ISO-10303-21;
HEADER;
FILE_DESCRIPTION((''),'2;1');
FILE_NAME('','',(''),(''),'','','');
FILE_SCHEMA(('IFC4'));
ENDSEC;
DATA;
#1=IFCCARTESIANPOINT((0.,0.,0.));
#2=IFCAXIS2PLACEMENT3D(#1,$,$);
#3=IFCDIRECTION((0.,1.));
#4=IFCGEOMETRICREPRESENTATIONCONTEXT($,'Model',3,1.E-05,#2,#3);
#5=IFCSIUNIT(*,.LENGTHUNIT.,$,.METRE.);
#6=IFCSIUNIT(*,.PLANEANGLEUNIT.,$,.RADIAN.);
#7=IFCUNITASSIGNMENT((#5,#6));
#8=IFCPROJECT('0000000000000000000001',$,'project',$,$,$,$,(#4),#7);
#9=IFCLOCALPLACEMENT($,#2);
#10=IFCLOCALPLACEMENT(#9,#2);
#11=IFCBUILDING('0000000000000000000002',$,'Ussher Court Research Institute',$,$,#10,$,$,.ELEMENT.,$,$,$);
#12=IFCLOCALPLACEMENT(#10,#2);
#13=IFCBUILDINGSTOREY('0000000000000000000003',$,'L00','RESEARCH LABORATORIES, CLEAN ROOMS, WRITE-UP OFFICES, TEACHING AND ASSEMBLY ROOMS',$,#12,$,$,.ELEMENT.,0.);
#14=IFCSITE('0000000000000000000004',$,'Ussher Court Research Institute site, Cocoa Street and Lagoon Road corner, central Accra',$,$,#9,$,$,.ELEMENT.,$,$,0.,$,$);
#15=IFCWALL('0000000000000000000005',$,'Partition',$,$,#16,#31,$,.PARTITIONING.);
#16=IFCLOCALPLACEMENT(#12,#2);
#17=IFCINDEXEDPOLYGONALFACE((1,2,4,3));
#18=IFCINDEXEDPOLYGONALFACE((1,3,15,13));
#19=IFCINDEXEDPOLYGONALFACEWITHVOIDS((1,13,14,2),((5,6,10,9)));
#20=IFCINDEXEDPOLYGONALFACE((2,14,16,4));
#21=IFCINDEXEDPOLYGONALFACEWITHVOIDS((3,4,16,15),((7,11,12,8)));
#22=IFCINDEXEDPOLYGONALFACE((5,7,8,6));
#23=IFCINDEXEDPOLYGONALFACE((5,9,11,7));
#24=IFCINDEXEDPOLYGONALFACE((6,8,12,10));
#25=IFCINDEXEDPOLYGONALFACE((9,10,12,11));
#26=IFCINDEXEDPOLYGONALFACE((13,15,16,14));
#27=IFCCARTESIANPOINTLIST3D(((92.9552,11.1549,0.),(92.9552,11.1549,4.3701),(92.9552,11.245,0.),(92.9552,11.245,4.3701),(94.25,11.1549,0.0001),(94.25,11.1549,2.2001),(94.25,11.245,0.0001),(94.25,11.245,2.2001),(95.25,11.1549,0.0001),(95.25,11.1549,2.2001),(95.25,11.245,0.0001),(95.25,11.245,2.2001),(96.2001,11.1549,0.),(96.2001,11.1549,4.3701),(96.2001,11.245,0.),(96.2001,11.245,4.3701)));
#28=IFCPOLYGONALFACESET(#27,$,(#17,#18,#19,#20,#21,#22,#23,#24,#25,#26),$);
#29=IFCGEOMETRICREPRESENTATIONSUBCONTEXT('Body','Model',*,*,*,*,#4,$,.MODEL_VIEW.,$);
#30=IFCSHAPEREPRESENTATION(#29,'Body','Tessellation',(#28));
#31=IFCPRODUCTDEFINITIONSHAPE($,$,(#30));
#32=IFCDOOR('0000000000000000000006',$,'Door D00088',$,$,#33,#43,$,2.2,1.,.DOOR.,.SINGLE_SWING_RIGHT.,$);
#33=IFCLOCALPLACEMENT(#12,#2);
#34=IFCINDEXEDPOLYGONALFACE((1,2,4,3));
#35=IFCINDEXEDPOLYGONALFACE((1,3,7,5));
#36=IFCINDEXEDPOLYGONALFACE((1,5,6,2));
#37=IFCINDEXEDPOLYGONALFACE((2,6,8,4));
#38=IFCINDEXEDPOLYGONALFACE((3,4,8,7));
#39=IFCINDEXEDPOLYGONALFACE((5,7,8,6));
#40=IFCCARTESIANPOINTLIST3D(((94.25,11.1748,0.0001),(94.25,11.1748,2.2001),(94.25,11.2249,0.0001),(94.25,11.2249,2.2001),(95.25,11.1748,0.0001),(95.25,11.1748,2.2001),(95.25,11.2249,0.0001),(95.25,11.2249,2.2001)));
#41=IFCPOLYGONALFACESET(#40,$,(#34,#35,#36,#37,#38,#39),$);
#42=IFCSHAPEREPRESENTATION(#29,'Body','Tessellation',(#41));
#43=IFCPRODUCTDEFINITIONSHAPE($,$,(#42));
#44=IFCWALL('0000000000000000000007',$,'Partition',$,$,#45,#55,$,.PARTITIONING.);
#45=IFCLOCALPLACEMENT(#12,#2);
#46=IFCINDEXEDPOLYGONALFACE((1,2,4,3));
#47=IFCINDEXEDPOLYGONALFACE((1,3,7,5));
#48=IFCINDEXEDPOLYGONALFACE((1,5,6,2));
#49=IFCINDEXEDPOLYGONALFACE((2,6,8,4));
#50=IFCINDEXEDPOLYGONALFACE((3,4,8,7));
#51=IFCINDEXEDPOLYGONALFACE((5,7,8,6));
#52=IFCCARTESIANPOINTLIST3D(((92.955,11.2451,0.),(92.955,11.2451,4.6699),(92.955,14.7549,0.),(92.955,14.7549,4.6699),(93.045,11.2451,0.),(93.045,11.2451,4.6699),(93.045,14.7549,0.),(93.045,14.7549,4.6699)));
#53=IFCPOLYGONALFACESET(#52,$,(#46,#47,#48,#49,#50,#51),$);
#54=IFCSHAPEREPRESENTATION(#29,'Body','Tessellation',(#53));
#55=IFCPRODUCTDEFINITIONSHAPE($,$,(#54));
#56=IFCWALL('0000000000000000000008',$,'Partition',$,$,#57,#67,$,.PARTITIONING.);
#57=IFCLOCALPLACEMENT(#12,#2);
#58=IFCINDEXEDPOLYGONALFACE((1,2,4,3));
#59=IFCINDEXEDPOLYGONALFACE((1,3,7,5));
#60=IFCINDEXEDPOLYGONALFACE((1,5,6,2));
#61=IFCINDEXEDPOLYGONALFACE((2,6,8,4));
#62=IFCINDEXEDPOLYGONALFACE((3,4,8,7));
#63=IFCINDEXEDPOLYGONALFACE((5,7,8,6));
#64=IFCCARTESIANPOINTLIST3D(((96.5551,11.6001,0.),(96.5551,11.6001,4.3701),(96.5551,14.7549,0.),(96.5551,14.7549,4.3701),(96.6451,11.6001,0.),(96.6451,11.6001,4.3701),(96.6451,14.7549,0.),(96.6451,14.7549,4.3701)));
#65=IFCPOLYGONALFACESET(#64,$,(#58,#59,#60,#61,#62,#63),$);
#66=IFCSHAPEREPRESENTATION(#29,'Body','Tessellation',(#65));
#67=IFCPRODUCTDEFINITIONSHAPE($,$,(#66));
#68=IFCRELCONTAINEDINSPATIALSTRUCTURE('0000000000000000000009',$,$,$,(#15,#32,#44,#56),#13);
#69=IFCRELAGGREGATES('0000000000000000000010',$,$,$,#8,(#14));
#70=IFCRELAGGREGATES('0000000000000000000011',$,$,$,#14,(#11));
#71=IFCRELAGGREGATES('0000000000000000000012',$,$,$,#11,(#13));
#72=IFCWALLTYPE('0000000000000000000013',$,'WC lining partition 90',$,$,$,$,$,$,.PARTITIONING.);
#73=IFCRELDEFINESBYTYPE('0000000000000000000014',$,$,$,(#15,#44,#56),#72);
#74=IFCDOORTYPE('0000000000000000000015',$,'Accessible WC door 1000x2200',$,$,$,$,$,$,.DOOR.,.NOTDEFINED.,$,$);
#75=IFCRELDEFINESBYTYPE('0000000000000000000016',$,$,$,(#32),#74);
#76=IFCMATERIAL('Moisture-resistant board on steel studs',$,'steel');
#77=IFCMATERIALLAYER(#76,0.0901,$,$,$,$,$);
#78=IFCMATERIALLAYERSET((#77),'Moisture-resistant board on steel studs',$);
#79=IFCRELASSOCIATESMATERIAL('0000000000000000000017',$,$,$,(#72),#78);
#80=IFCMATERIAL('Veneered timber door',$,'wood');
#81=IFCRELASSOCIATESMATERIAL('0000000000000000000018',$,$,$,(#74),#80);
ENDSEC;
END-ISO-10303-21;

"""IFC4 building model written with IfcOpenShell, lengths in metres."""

from ifc_helpers import new_model, si_unit, direction, frame, frame_2d, origin, place, context, subcontext, project, spatial, rectangle, extrude, material, layer, layer_set, type_object, element, fill, save


model = new_model("IFC4")

# Units and contexts
model_context = context("Model", 3, precision=1e-05, world=origin(), true_north=direction((0.0, 1.0)))
body_context = subcontext(model_context, "Body", "Model", "MODEL_VIEW")
ifc_project = project(units=[si_unit("LENGTHUNIT", "METRE"), si_unit("PLANEANGLEUNIT", "RADIAN")], contexts=[model_context])

# Site, building, storey
site_placement = place(None, origin())
site = spatial("IfcSite", under=ifc_project, at=site_placement, Name="Ussher Court Research Institute site, Cocoa Street and Lagoon Road corner, central Accra", CompositionType="ELEMENT", RefElevation=0.0)
building_placement = place(site_placement, origin())
building = spatial("IfcBuilding", under=site, at=building_placement, Name="Ussher Court Research Institute", CompositionType="ELEMENT")
storey_placement = place(building_placement, origin())
storey = spatial("IfcBuildingStorey", under=building, at=storey_placement, Name="L00", Description="RESEARCH LABORATORIES, CLEAN ROOMS, WRITE-UP OFFICES, TEACHING AND ASSEMBLY ROOMS", CompositionType="ELEMENT", Elevation=0.0)

# Wall, opening, door
ifc_material_1 = material(Name="Moisture-resistant board on steel studs", Category="steel")
ifc_layer_1 = layer(ifc_material_1, 0.0901)
ifc_layer_set_1 = layer_set([ifc_layer_1], Name="Moisture-resistant board on steel studs")
wall_type_1 = type_object("IfcWallType", Name="WC lining partition 90", PredefinedType="PARTITIONING", material=ifc_layer_set_1)
wall_1_placement = place(storey_placement, frame((92.9551, 11.2, 0.0), z_axis=(0.0, 0.0, 1.0), x_axis=(1.0, 0.0, 0.0)))
wall_1 = element("IfcWall", 1, at=wall_1_placement, inside=storey, type_object=wall_type_1, Name="Partition", PredefinedType="PARTITIONING", context=body_context, shape_type="SweptSolid", body=[
    extrude(rectangle(XDim=3.2449, YDim=0.0901, at=frame_2d((1.6226, 0.0))), origin(), (0.0, 0.0, 1.0), 4.3701),
])
opening_1_placement = place(wall_1_placement, frame((1.2949, 0.0, 0.0)))
opening_1 = element("IfcOpeningElement", 2, at=opening_1_placement, cuts=wall_1, PredefinedType="OPENING", context=body_context, shape_type="SweptSolid", body=[
    extrude(rectangle(XDim=1.0, YDim=2.2, at=frame_2d((0.5, 1.1001))), frame((0.0, 0.0552, 0.0), z_axis=(0.0, -1.0, 0.0), x_axis=(1.0, 0.0, 0.0)), (0.0, 0.0, 1.0), 0.1101),
])
ifc_material_2 = material(Name="Veneered timber door", Category="wood")
door_type_1 = type_object("IfcDoorType", Name="Accessible WC door 1000x2200", OperationType="NOTDEFINED", PredefinedType="DOOR", material=ifc_material_2)
door_1_placement = place(opening_1_placement, origin())
door_1 = element("IfcDoor", 3, at=door_1_placement, inside=storey, type_object=door_type_1, Name="Door D00088", OperationType="SINGLE_SWING_RIGHT", OverallHeight=2.2, OverallWidth=1.0, PredefinedType="DOOR", context=body_context, shape_type="SweptSolid", body=[
    extrude(rectangle(XDim=1.0, YDim=2.2, at=frame_2d((0.5, 1.1001))), frame((0.0, 0.0249, 0.0), z_axis=(0.0, -1.0, 0.0), x_axis=(1.0, 0.0, 0.0)), (0.0, 0.0, 1.0), 0.05),
])
fill(opening_1, door_1)

# Walls
wall_2_placement = place(storey_placement, frame((93.0, 11.2451, 0.0), z_axis=(0.0, 0.0, 1.0), x_axis=(0.0, 1.0, 0.0)))
element("IfcWall", 4, at=wall_2_placement, inside=storey, type_object=wall_type_1, Name="Partition", PredefinedType="PARTITIONING", context=body_context, shape_type="SweptSolid", body=[
    extrude(rectangle(XDim=3.5098, YDim=0.0901, at=frame_2d((1.7549, 0.0))), origin(), (0.0, 0.0, 1.0), 4.6699),
])
wall_3_placement = place(storey_placement, frame((96.6001, 11.6001, 0.0), z_axis=(0.0, 0.0, 1.0), x_axis=(0.0, 1.0, 0.0)))
element("IfcWall", 5, at=wall_3_placement, inside=storey, type_object=wall_type_1, Name="Partition", PredefinedType="PARTITIONING", context=body_context, shape_type="SweptSolid", body=[
    extrude(rectangle(XDim=3.1548, YDim=0.0901, at=frame_2d((1.5774, 0.0))), origin(), (0.0, 0.0, 1.0), 4.3701),
])

save(model, "model.ifc")
